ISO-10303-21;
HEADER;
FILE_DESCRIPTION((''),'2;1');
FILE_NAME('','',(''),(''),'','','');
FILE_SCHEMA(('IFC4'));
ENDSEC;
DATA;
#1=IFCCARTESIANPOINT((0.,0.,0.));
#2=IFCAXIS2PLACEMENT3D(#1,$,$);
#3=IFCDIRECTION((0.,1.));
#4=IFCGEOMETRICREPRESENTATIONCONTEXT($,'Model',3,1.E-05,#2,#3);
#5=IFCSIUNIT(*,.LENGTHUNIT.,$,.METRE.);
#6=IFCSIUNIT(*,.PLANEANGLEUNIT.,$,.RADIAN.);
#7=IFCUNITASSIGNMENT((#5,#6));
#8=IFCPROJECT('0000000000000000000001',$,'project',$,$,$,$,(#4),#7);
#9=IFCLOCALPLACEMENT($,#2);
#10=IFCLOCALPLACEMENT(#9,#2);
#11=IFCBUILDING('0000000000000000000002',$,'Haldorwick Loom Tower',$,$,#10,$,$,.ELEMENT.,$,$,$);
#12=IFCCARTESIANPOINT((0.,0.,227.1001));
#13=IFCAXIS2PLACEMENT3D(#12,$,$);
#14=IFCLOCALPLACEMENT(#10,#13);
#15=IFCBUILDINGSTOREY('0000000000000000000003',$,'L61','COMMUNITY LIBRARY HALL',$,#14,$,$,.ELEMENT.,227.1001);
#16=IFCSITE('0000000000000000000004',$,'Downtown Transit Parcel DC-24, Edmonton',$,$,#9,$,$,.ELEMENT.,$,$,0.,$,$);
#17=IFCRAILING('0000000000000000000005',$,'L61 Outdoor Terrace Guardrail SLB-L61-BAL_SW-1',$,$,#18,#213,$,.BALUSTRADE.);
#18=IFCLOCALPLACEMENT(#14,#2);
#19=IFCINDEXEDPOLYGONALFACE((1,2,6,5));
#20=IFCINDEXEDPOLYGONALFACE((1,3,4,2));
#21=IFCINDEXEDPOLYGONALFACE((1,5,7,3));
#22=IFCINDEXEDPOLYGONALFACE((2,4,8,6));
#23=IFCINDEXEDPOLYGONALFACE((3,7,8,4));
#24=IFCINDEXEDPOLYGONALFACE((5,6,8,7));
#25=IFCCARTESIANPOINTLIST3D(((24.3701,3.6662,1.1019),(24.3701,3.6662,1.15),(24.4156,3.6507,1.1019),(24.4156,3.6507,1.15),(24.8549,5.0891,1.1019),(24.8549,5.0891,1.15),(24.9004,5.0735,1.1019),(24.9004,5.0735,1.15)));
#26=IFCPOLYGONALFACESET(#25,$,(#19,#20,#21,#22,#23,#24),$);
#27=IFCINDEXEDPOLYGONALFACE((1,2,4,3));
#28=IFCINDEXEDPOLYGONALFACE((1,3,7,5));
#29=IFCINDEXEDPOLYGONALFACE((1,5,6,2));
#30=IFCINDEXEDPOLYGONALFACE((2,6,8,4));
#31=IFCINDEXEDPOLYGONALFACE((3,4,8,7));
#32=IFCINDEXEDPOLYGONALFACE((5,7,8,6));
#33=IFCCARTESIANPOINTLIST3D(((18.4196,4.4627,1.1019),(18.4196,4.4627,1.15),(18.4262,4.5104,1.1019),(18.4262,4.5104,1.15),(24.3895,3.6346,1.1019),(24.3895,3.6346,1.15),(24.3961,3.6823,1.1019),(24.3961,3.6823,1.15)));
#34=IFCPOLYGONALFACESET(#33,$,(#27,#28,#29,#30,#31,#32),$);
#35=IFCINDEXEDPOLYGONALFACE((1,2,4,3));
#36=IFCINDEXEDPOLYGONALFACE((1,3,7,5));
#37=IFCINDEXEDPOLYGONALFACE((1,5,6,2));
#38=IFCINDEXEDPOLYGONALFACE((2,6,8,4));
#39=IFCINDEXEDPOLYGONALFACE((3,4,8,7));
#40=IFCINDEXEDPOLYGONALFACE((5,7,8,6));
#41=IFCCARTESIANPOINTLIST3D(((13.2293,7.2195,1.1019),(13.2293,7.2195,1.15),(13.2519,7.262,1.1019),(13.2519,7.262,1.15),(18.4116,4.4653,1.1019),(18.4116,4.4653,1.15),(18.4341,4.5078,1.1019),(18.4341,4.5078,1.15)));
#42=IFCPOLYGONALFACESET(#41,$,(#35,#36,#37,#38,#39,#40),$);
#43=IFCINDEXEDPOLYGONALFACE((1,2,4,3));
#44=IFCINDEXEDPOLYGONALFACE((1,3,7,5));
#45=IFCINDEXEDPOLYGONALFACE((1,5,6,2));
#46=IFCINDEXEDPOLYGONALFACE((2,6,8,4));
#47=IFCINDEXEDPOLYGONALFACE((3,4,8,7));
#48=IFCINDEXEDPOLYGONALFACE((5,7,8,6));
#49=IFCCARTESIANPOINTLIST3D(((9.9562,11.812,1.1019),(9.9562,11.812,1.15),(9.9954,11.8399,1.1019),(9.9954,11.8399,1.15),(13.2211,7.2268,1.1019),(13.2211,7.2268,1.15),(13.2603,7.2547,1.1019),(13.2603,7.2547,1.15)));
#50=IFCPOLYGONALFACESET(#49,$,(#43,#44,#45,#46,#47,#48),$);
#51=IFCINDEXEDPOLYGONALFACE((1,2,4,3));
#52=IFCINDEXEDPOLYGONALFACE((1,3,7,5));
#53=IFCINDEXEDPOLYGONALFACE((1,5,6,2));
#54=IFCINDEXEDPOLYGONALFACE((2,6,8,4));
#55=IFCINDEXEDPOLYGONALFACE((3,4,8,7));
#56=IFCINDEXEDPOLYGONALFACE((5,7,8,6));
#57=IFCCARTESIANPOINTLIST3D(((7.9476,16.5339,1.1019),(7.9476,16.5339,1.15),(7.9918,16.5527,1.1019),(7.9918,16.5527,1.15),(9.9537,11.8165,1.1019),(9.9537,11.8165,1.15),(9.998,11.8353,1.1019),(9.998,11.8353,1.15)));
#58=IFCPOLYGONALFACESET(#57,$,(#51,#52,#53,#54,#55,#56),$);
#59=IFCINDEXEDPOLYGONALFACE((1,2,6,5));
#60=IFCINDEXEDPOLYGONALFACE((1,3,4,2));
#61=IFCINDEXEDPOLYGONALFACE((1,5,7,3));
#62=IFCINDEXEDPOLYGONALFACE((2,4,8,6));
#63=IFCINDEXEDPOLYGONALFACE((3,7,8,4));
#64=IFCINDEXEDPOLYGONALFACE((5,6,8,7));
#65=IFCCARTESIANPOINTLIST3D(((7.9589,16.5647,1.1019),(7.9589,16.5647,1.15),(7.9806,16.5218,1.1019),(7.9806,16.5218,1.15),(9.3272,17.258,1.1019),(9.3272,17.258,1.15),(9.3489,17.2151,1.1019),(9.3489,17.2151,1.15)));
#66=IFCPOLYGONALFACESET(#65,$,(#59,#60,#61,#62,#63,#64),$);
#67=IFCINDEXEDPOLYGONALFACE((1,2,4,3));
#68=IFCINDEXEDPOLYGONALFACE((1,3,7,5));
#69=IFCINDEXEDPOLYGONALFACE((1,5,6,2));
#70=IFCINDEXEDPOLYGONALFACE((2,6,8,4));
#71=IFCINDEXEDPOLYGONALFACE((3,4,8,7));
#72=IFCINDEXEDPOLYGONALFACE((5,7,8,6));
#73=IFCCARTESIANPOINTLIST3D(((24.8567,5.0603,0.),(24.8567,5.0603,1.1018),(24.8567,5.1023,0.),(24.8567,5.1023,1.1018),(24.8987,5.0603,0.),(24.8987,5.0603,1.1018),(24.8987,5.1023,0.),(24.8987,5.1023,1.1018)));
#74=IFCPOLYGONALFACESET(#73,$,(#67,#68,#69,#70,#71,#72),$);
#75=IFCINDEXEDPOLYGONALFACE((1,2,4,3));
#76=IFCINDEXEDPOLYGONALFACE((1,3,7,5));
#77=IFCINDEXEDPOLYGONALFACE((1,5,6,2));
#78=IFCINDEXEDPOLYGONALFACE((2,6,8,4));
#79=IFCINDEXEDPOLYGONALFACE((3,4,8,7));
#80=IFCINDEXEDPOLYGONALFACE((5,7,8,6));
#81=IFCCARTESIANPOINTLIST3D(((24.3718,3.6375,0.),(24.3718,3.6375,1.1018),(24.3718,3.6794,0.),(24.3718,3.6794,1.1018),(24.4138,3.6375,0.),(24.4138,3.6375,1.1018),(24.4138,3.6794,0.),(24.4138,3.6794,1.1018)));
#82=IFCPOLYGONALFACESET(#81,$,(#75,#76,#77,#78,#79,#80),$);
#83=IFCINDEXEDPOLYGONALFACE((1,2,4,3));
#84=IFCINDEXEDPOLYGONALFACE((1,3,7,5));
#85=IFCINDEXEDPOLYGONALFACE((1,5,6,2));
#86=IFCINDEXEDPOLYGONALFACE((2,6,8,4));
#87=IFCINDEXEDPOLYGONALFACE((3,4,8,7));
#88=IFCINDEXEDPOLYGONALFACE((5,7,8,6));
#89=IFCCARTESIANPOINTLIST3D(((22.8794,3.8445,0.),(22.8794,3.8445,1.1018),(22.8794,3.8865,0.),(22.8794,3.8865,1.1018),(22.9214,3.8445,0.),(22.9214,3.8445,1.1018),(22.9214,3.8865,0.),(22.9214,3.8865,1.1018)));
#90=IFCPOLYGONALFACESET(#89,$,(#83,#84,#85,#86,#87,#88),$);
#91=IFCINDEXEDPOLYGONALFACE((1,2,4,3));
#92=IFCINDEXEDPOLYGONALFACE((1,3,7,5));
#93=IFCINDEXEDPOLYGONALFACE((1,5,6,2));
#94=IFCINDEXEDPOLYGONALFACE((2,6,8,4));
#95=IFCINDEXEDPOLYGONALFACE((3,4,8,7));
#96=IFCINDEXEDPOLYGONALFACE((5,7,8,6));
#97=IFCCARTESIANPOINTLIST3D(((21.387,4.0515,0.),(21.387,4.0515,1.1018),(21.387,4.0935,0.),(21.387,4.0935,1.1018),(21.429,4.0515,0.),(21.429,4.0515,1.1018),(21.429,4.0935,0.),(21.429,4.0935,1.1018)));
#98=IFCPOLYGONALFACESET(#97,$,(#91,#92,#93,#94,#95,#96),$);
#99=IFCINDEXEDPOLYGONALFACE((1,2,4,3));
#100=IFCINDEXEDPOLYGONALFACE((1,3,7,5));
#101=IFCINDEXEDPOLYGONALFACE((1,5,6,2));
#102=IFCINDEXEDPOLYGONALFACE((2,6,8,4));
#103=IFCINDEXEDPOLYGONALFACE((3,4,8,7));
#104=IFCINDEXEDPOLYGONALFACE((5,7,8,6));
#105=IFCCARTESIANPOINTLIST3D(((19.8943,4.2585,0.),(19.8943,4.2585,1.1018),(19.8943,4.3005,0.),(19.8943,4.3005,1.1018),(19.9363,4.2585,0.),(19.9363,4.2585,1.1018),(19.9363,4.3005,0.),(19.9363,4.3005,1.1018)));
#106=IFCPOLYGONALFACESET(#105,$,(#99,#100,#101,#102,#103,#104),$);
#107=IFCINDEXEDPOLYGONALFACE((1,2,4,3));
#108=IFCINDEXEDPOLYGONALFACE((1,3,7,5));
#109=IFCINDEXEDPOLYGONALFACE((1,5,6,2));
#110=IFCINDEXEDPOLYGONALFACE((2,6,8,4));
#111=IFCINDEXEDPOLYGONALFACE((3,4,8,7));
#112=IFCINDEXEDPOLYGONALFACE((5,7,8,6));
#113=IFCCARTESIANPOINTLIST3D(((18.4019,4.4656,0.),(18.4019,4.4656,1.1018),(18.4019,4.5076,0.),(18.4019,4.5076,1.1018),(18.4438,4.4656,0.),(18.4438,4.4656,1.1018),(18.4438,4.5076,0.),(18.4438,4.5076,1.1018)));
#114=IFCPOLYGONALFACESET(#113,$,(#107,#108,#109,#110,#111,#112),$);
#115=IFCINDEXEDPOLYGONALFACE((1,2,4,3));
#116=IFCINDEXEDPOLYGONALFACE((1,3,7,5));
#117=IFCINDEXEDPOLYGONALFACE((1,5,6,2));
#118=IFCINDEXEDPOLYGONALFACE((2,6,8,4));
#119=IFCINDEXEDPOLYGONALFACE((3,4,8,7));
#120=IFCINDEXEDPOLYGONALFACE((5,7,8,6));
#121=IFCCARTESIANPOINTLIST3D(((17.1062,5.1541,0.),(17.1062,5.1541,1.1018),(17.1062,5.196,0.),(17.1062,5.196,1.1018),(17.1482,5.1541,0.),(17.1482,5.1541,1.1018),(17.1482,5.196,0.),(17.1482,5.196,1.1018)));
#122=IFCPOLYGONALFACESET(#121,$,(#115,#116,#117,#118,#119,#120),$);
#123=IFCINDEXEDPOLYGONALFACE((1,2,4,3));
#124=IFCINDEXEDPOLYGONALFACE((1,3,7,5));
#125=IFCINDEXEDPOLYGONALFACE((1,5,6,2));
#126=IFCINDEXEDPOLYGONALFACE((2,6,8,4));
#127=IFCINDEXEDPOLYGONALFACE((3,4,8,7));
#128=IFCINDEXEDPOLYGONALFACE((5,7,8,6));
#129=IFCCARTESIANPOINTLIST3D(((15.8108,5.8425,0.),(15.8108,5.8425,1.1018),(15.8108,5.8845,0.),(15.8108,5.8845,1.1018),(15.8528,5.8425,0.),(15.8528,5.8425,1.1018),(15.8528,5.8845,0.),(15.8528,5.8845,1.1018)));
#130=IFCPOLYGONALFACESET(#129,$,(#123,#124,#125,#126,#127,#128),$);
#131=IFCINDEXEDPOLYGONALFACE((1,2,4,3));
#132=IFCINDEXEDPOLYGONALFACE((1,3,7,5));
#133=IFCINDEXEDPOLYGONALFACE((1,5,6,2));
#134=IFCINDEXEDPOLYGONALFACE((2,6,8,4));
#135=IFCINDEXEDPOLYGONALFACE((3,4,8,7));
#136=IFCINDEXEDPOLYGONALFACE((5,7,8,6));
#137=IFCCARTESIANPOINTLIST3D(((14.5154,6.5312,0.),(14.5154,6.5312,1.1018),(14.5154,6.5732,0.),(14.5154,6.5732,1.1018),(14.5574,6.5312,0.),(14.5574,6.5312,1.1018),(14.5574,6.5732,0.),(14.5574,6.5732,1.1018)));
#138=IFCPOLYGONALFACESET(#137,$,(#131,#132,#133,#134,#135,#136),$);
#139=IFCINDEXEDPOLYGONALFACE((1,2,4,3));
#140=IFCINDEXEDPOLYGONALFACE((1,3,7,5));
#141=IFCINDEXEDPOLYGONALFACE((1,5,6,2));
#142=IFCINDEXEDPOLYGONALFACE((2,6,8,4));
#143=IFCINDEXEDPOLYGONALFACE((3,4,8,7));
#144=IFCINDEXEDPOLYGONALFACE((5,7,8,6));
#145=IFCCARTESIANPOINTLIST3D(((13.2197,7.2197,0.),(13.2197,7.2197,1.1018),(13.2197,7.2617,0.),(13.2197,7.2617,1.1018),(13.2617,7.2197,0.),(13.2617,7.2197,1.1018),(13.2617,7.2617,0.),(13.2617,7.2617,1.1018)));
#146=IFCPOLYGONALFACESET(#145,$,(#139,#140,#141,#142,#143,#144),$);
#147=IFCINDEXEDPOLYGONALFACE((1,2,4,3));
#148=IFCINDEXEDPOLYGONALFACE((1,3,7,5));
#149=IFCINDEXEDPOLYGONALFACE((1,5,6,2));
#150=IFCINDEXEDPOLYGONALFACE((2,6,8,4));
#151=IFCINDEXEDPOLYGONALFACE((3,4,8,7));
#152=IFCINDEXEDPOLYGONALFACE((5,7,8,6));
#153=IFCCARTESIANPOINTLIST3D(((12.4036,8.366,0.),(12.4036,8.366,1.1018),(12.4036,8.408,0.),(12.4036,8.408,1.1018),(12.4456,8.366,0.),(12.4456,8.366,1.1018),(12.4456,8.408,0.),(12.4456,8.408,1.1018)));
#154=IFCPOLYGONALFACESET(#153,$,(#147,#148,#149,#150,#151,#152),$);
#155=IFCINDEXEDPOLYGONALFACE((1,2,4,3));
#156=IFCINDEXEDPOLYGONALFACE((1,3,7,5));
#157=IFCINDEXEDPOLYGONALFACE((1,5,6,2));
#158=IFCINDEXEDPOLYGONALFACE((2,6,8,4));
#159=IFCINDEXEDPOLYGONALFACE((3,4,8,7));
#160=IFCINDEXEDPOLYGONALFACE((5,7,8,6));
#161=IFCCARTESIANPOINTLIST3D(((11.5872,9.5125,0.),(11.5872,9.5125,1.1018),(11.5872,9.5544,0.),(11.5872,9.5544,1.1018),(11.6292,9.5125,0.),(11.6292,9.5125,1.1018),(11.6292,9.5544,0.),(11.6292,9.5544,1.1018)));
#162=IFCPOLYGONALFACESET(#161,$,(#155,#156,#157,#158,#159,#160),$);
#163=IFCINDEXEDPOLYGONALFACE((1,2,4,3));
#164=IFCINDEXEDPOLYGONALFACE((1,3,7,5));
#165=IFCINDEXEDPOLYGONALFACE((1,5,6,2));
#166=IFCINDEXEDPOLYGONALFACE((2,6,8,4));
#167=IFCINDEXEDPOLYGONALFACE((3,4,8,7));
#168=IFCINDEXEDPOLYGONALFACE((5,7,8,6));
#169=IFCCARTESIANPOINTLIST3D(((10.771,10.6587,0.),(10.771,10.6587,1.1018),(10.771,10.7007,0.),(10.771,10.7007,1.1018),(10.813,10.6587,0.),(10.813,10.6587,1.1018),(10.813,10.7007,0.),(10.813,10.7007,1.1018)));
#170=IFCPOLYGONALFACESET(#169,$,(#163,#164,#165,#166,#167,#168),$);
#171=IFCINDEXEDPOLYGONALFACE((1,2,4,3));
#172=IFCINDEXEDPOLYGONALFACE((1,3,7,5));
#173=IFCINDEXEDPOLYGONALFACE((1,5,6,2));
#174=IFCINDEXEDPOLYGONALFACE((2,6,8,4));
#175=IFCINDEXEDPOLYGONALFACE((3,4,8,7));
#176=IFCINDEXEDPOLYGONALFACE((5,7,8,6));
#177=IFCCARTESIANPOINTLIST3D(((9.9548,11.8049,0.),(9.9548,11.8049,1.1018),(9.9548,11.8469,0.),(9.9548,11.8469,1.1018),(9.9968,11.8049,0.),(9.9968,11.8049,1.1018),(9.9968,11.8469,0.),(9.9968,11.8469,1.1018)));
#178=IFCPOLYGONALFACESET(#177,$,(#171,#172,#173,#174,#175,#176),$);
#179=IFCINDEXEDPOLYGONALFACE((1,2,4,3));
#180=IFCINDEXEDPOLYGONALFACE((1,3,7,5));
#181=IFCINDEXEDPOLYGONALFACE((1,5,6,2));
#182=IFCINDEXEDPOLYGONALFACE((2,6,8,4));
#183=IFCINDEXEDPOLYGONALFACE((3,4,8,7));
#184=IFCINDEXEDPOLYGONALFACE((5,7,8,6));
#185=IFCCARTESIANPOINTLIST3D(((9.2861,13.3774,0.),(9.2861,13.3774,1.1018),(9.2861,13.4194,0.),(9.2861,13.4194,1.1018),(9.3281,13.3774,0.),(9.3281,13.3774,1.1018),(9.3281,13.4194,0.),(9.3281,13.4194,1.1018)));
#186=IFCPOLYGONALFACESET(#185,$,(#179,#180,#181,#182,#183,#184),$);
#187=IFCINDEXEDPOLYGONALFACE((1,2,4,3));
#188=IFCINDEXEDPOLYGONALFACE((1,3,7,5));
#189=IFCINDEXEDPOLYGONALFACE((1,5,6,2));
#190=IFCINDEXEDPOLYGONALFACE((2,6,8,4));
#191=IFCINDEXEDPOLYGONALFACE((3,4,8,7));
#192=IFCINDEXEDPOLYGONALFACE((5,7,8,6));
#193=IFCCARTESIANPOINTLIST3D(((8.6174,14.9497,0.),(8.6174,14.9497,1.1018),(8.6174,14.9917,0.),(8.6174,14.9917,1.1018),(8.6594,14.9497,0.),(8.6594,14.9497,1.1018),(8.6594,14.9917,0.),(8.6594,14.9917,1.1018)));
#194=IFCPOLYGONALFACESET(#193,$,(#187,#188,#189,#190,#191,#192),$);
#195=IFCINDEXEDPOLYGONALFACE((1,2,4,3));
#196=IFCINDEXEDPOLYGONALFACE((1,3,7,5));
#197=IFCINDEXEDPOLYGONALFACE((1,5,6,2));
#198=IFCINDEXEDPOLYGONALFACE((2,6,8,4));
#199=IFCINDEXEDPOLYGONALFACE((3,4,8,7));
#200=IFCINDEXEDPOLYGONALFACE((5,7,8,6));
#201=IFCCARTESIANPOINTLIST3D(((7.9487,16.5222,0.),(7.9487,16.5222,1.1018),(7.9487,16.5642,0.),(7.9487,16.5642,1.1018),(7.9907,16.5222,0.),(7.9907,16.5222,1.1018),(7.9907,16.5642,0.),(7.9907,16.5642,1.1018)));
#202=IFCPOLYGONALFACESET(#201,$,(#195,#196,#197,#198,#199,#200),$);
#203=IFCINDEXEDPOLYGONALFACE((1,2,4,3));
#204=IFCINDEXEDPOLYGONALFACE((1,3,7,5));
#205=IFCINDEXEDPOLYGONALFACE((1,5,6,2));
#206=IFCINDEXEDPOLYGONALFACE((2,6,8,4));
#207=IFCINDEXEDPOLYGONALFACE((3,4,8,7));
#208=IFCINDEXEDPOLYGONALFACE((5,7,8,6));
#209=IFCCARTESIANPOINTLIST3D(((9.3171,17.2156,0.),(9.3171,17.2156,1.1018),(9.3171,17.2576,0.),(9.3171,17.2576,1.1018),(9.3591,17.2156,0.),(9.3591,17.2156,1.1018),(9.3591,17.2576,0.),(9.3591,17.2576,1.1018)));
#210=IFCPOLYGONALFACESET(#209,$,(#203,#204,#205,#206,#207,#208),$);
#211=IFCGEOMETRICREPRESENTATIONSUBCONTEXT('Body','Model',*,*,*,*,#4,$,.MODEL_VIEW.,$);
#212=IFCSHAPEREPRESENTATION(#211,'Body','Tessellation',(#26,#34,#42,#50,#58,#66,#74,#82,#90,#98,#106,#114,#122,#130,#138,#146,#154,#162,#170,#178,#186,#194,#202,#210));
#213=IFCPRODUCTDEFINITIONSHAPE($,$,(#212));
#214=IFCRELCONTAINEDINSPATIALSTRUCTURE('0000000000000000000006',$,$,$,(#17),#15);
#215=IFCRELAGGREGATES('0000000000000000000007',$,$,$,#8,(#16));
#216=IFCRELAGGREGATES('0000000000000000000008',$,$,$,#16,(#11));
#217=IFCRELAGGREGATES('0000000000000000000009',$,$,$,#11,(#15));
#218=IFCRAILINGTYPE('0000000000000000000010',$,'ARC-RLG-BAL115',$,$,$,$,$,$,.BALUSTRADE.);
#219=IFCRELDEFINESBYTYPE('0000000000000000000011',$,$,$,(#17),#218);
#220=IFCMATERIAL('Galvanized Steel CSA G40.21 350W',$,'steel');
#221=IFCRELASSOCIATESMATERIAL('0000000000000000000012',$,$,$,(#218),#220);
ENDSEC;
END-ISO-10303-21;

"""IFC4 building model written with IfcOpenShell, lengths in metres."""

from ifc_helpers import new_model, si_unit, direction, frame, origin, origin_2d, place, context, subcontext, project, spatial, rectangle, extrude, material, type_object, element, save


model = new_model("IFC4")

# Units and contexts
model_context = context("Model", 3, precision=1e-05, world=origin(), true_north=direction((0.0, 1.0)))
body_context = subcontext(model_context, "Body", "Model", "MODEL_VIEW")
ifc_project = project(units=[si_unit("LENGTHUNIT", "METRE"), si_unit("PLANEANGLEUNIT", "RADIAN")], contexts=[model_context])

# Site, building, storey
site_placement = place(None, origin())
site = spatial("IfcSite", under=ifc_project, at=site_placement, Name="Downtown Transit Parcel DC-24, Edmonton", CompositionType="ELEMENT", RefElevation=0.0)
building_placement = place(site_placement, origin())
building = spatial("IfcBuilding", under=site, at=building_placement, Name="Haldorwick Loom Tower", CompositionType="ELEMENT")
storey_placement = place(building_placement, frame((0.0, 0.0, 227.1001)))
storey = spatial("IfcBuildingStorey", under=building, at=storey_placement, Name="L61", Description="COMMUNITY LIBRARY HALL", CompositionType="ELEMENT", Elevation=227.1001)

# Railing
ifc_material_1 = material(Name="Galvanized Steel CSA G40.21 350W", Category="steel")
railing_type = type_object("IfcRailingType", Name="ARC-RLG-BAL115", PredefinedType="BALUSTRADE", material=ifc_material_1)
railing_placement = place(storey_placement, frame((24.8777, 5.0813, 0.0)))
element("IfcRailing", 1, at=railing_placement, inside=storey, type_object=railing_type, Name="L61 Outdoor Terrace Guardrail SLB-L61-BAL_SW-1", PredefinedType="BALUSTRADE", context=body_context, shape_type="SweptSolid", body=[
    extrude(rectangle(XDim=0.0481, YDim=0.0481, at=origin_2d()), frame((0.0, 0.0, 1.126), z_axis=(-0.322555, -0.946551, 0.0), x_axis=(0.946551, -0.322555, 0.0)), (0.0, 0.0, 1.0), 1.5032),
    extrude(rectangle(XDim=0.0481, YDim=0.0481, at=origin_2d()), frame((-0.4849, -1.4229, 1.126), z_axis=(-0.990516, 0.137399, 0.0), x_axis=(-0.137399, -0.990516, 0.0)), (0.0, 0.0, 1.0), 6.0271),
    extrude(rectangle(XDim=0.0481, YDim=0.0481, at=origin_2d()), frame((-6.4548, -0.5947, 1.126), z_axis=(-0.883035, 0.469307, 0.0), x_axis=(-0.469307, -0.883035, 0.0)), (0.0, 0.0, 1.0), 5.8687),
    extrude(rectangle(XDim=0.0481, YDim=0.0481, at=origin_2d()), frame((-11.637, 2.1594, 1.126), z_axis=(-0.580031, 0.814594, 0.0), x_axis=(-0.814594, -0.580031, 0.0)), (0.0, 0.0, 1.0), 5.6289),
    extrude(rectangle(XDim=0.0481, YDim=0.0481, at=origin_2d()), frame((-14.9019, 6.7446, 1.126), z_axis=(-0.391348, 0.920243, 0.0), x_axis=(-0.920243, -0.391348, 0.0)), (0.0, 0.0, 1.0), 5.1262),
    extrude(rectangle(XDim=0.0481, YDim=0.0481, at=origin_2d()), frame((-16.908, 11.4619, 1.126), z_axis=(0.892027, 0.451982, 0.0), x_axis=(-0.451982, 0.892027, 0.0)), (0.0, 0.0, 1.0), 1.5339),
    extrude(rectangle(XDim=0.042, YDim=0.042, at=origin_2d()), origin(), (0.0, 0.0, 1.0), 1.1018),
    extrude(rectangle(XDim=0.042, YDim=0.042, at=origin_2d()), frame((-0.4849, -1.4229, 0.0)), (0.0, 0.0, 1.0), 1.1018),
    extrude(rectangle(XDim=0.042, YDim=0.042, at=origin_2d()), frame((-1.9773, -1.2158, 0.0)), (0.0, 0.0, 1.0), 1.1018),
    extrude(rectangle(XDim=0.042, YDim=0.042, at=origin_2d()), frame((-3.4697, -1.0088, 0.0)), (0.0, 0.0, 1.0), 1.1018),
    extrude(rectangle(XDim=0.042, YDim=0.042, at=origin_2d()), frame((-4.9624, -0.8018, 0.0)), (0.0, 0.0, 1.0), 1.1018),
    extrude(rectangle(XDim=0.042, YDim=0.042, at=origin_2d()), frame((-6.4548, -0.5947, 0.0)), (0.0, 0.0, 1.0), 1.1018),
    extrude(rectangle(XDim=0.042, YDim=0.042, at=origin_2d()), frame((-7.7505, 0.0938, 0.0)), (0.0, 0.0, 1.0), 1.1018),
    extrude(rectangle(XDim=0.042, YDim=0.042, at=origin_2d()), frame((-9.0459, 0.7822, 0.0)), (0.0, 0.0, 1.0), 1.1018),
    extrude(rectangle(XDim=0.042, YDim=0.042, at=origin_2d()), frame((-10.3413, 1.4709, 0.0)), (0.0, 0.0, 1.0), 1.1018),
    extrude(rectangle(XDim=0.042, YDim=0.042, at=origin_2d()), frame((-11.637, 2.1594, 0.0)), (0.0, 0.0, 1.0), 1.1018),
    extrude(rectangle(XDim=0.042, YDim=0.042, at=origin_2d()), frame((-12.4531, 3.3057, 0.0)), (0.0, 0.0, 1.0), 1.1018),
    extrude(rectangle(XDim=0.042, YDim=0.042, at=origin_2d()), frame((-13.2695, 4.4521, 0.0)), (0.0, 0.0, 1.0), 1.1018),
    extrude(rectangle(XDim=0.042, YDim=0.042, at=origin_2d()), frame((-14.0857, 5.5984, 0.0)), (0.0, 0.0, 1.0), 1.1018),
    extrude(rectangle(XDim=0.042, YDim=0.042, at=origin_2d()), frame((-14.9019, 6.7446, 0.0)), (0.0, 0.0, 1.0), 1.1018),
    extrude(rectangle(XDim=0.042, YDim=0.042, at=origin_2d()), frame((-15.5706, 8.3171, 0.0)), (0.0, 0.0, 1.0), 1.1018),
    extrude(rectangle(XDim=0.042, YDim=0.042, at=origin_2d()), frame((-16.2393, 9.8894, 0.0)), (0.0, 0.0, 1.0), 1.1018),
    extrude(rectangle(XDim=0.042, YDim=0.042, at=origin_2d()), frame((-16.908, 11.4619, 0.0)), (0.0, 0.0, 1.0), 1.1018),
    extrude(rectangle(XDim=0.042, YDim=0.042, at=origin_2d()), frame((-15.5396, 12.1553, 0.0)), (0.0, 0.0, 1.0), 1.1018),
])

save(model, "model.ifc")
